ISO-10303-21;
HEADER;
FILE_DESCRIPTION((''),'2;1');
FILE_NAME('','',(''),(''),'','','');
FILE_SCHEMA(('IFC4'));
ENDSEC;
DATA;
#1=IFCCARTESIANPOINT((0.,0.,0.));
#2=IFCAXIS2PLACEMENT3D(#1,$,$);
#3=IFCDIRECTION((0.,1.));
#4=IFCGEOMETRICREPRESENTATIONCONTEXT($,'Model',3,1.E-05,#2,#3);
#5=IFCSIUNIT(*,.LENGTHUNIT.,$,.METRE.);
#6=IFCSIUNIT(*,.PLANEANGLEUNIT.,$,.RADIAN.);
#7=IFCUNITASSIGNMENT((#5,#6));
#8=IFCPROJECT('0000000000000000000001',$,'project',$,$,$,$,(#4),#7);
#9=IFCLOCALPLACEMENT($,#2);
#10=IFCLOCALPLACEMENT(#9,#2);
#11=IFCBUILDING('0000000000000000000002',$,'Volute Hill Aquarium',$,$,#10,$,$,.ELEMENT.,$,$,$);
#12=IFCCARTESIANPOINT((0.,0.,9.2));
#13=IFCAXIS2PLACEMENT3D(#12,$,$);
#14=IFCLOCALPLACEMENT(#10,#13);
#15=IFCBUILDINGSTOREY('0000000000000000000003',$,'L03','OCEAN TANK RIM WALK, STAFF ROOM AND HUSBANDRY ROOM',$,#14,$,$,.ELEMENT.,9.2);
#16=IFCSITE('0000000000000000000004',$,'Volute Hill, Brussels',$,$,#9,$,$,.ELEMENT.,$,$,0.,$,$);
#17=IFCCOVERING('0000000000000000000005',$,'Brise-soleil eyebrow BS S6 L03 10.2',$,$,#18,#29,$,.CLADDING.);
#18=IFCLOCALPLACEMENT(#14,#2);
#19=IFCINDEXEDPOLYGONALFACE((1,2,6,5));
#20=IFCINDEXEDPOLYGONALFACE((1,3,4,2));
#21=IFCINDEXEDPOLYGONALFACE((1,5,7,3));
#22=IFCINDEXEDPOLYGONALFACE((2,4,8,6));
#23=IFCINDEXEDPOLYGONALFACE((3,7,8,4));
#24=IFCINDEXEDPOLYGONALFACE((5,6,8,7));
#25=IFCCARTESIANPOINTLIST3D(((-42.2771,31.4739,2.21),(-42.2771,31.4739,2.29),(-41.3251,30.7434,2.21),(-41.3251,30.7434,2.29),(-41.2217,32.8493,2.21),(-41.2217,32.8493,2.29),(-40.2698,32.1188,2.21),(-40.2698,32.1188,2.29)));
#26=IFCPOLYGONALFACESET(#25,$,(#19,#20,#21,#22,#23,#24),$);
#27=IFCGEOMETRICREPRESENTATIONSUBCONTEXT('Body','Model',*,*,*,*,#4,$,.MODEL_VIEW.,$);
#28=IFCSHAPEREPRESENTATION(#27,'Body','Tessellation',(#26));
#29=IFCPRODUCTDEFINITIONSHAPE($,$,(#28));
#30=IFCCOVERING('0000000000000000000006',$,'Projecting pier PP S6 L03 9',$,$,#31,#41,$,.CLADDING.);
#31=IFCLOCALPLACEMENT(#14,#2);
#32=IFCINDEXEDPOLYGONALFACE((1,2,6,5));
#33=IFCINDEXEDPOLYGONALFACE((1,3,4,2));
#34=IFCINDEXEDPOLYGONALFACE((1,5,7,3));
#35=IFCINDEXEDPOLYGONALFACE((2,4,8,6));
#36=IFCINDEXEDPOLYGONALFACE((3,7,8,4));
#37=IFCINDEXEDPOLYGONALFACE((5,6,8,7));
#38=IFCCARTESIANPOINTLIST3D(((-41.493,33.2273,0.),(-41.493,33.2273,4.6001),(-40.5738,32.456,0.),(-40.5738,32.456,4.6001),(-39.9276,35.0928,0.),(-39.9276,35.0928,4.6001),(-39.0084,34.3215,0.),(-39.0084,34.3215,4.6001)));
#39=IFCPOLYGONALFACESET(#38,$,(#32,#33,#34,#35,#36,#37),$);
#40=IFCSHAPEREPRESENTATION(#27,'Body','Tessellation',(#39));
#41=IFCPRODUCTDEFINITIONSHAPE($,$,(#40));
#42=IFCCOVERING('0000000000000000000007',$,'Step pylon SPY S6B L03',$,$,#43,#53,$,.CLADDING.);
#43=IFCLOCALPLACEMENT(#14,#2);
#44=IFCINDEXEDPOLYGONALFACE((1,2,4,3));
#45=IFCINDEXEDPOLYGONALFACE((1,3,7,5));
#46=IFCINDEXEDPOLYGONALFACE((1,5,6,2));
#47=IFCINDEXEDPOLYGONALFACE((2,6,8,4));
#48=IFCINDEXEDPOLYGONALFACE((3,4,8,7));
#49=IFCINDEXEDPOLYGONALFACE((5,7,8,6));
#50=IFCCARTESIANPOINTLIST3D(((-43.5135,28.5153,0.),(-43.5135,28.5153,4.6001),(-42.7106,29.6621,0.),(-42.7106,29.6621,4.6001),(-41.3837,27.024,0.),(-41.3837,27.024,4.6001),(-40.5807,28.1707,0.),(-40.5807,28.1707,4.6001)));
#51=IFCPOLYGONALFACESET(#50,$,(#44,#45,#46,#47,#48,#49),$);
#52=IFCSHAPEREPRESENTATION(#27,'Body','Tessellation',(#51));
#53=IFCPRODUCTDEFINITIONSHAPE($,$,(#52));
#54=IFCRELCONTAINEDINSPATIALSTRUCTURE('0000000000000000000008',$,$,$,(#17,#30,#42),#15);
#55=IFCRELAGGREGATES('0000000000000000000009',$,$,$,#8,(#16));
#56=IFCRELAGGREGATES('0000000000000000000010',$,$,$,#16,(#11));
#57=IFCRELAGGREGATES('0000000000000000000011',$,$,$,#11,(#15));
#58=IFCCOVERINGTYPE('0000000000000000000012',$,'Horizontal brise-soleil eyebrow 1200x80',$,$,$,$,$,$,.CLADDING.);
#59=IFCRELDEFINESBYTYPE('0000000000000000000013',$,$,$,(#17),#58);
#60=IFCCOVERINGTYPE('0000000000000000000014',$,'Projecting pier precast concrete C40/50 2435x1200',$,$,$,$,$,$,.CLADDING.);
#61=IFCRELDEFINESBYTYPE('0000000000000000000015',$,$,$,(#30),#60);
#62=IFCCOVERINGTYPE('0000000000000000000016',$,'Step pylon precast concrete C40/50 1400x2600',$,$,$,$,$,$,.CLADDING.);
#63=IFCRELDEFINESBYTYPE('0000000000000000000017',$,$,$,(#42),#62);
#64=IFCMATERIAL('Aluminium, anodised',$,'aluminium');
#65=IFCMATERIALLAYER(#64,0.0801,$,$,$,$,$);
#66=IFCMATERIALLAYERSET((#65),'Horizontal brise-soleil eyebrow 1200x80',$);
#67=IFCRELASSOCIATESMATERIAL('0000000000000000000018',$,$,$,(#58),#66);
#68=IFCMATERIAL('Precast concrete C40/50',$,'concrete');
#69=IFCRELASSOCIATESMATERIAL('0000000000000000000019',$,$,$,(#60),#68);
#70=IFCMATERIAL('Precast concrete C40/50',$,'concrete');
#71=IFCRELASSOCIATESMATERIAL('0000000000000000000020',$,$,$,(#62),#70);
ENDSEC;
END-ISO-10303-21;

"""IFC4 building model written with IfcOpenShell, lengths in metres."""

from ifc_helpers import new_model, si_unit, direction, frame, origin, origin_2d, place, context, subcontext, project, spatial, rectangle, extrude, material, layer, layer_set, type_object, element, save


model = new_model("IFC4")

# Units and contexts
model_context = context("Model", 3, precision=1e-05, world=origin(), true_north=direction((0.0, 1.0)))
body_context = subcontext(model_context, "Body", "Model", "MODEL_VIEW")
ifc_project = project(units=[si_unit("LENGTHUNIT", "METRE"), si_unit("PLANEANGLEUNIT", "RADIAN")], contexts=[model_context])

# Site, building, storey
site_placement = place(None, origin())
site = spatial("IfcSite", under=ifc_project, at=site_placement, Name="Volute Hill, Brussels", CompositionType="ELEMENT", RefElevation=0.0)
building_placement = place(site_placement, origin())
building = spatial("IfcBuilding", under=site, at=building_placement, Name="Volute Hill Aquarium", CompositionType="ELEMENT")
storey_placement = place(building_placement, frame((0.0, 0.0, 9.2)))
storey = spatial("IfcBuildingStorey", under=building, at=storey_placement, Name="L03", Description="OCEAN TANK RIM WALK, STAFF ROOM AND HUSBANDRY ROOM", CompositionType="ELEMENT", Elevation=9.2)

# Coverings
ifc_material_1 = material(Name="Aluminium, anodised", Category="aluminium")
ifc_layer_1 = layer(ifc_material_1, 0.0801)
ifc_layer_set_1 = layer_set([ifc_layer_1], Name="Horizontal brise-soleil eyebrow 1200x80")
covering_type_1 = type_object("IfcCoveringType", Name="Horizontal brise-soleil eyebrow 1200x80", PredefinedType="CLADDING", material=ifc_layer_set_1)
for number, where, z_axis, x_axis, name in (
    (1, (-41.2734, 31.7964, 2.21), (0.0, 0.0, 1.0), (-0.608766, -0.79335, 0.0), "Brise-soleil eyebrow BS S6 L03 10.2"),
):
    element("IfcCovering", number, at=place(storey_placement, frame(where, z_axis=z_axis, x_axis=x_axis)), inside=storey, type_object=covering_type_1, Name=name, PredefinedType="CLADDING", context=body_context, shape_type="SweptSolid", body=[
        extrude(rectangle(XDim=1.7336, YDim=1.2, at=origin_2d()), origin(), (0.0, 0.0, 1.0), 0.0801),
    ])
ifc_material_2 = material(Name="Precast concrete C40/50", Category="concrete")
covering_type_2 = type_object("IfcCoveringType", Name="Projecting pier precast concrete C40/50 2435x1200", PredefinedType="CLADDING", material=ifc_material_2)
covering_1_placement = place(storey_placement, frame((-40.2507, 33.7744, 0.0), z_axis=(0.0, 0.0, 1.0), x_axis=(-0.642788, -0.766044, 0.0)))
element("IfcCovering", 2, at=covering_1_placement, inside=storey, type_object=covering_type_2, Name="Projecting pier PP S6 L03 9", PredefinedType="CLADDING", context=body_context, shape_type="SweptSolid", body=[
    extrude(rectangle(XDim=2.4353, YDim=1.2, at=origin_2d()), origin(), (0.0, 0.0, 1.0), 4.6001),
])
ifc_material_3 = material(Name="Precast concrete C40/50", Category="concrete")
covering_type_3 = type_object("IfcCoveringType", Name="Step pylon precast concrete C40/50 1400x2600", PredefinedType="CLADDING", material=ifc_material_3)
covering_2_placement = place(storey_placement, frame((-42.0471, 28.343, 0.0), z_axis=(0.0, 0.0, 1.0), x_axis=(-0.819152, 0.573576, 0.0)))
element("IfcCovering", 3, at=covering_2_placement, inside=storey, type_object=covering_type_3, Name="Step pylon SPY S6B L03", PredefinedType="CLADDING", context=body_context, shape_type="SweptSolid", body=[
    extrude(rectangle(XDim=2.6001, YDim=1.3999, at=origin_2d()), origin(), (0.0, 0.0, 1.0), 4.6001),
])

save(model, "model.ifc")
